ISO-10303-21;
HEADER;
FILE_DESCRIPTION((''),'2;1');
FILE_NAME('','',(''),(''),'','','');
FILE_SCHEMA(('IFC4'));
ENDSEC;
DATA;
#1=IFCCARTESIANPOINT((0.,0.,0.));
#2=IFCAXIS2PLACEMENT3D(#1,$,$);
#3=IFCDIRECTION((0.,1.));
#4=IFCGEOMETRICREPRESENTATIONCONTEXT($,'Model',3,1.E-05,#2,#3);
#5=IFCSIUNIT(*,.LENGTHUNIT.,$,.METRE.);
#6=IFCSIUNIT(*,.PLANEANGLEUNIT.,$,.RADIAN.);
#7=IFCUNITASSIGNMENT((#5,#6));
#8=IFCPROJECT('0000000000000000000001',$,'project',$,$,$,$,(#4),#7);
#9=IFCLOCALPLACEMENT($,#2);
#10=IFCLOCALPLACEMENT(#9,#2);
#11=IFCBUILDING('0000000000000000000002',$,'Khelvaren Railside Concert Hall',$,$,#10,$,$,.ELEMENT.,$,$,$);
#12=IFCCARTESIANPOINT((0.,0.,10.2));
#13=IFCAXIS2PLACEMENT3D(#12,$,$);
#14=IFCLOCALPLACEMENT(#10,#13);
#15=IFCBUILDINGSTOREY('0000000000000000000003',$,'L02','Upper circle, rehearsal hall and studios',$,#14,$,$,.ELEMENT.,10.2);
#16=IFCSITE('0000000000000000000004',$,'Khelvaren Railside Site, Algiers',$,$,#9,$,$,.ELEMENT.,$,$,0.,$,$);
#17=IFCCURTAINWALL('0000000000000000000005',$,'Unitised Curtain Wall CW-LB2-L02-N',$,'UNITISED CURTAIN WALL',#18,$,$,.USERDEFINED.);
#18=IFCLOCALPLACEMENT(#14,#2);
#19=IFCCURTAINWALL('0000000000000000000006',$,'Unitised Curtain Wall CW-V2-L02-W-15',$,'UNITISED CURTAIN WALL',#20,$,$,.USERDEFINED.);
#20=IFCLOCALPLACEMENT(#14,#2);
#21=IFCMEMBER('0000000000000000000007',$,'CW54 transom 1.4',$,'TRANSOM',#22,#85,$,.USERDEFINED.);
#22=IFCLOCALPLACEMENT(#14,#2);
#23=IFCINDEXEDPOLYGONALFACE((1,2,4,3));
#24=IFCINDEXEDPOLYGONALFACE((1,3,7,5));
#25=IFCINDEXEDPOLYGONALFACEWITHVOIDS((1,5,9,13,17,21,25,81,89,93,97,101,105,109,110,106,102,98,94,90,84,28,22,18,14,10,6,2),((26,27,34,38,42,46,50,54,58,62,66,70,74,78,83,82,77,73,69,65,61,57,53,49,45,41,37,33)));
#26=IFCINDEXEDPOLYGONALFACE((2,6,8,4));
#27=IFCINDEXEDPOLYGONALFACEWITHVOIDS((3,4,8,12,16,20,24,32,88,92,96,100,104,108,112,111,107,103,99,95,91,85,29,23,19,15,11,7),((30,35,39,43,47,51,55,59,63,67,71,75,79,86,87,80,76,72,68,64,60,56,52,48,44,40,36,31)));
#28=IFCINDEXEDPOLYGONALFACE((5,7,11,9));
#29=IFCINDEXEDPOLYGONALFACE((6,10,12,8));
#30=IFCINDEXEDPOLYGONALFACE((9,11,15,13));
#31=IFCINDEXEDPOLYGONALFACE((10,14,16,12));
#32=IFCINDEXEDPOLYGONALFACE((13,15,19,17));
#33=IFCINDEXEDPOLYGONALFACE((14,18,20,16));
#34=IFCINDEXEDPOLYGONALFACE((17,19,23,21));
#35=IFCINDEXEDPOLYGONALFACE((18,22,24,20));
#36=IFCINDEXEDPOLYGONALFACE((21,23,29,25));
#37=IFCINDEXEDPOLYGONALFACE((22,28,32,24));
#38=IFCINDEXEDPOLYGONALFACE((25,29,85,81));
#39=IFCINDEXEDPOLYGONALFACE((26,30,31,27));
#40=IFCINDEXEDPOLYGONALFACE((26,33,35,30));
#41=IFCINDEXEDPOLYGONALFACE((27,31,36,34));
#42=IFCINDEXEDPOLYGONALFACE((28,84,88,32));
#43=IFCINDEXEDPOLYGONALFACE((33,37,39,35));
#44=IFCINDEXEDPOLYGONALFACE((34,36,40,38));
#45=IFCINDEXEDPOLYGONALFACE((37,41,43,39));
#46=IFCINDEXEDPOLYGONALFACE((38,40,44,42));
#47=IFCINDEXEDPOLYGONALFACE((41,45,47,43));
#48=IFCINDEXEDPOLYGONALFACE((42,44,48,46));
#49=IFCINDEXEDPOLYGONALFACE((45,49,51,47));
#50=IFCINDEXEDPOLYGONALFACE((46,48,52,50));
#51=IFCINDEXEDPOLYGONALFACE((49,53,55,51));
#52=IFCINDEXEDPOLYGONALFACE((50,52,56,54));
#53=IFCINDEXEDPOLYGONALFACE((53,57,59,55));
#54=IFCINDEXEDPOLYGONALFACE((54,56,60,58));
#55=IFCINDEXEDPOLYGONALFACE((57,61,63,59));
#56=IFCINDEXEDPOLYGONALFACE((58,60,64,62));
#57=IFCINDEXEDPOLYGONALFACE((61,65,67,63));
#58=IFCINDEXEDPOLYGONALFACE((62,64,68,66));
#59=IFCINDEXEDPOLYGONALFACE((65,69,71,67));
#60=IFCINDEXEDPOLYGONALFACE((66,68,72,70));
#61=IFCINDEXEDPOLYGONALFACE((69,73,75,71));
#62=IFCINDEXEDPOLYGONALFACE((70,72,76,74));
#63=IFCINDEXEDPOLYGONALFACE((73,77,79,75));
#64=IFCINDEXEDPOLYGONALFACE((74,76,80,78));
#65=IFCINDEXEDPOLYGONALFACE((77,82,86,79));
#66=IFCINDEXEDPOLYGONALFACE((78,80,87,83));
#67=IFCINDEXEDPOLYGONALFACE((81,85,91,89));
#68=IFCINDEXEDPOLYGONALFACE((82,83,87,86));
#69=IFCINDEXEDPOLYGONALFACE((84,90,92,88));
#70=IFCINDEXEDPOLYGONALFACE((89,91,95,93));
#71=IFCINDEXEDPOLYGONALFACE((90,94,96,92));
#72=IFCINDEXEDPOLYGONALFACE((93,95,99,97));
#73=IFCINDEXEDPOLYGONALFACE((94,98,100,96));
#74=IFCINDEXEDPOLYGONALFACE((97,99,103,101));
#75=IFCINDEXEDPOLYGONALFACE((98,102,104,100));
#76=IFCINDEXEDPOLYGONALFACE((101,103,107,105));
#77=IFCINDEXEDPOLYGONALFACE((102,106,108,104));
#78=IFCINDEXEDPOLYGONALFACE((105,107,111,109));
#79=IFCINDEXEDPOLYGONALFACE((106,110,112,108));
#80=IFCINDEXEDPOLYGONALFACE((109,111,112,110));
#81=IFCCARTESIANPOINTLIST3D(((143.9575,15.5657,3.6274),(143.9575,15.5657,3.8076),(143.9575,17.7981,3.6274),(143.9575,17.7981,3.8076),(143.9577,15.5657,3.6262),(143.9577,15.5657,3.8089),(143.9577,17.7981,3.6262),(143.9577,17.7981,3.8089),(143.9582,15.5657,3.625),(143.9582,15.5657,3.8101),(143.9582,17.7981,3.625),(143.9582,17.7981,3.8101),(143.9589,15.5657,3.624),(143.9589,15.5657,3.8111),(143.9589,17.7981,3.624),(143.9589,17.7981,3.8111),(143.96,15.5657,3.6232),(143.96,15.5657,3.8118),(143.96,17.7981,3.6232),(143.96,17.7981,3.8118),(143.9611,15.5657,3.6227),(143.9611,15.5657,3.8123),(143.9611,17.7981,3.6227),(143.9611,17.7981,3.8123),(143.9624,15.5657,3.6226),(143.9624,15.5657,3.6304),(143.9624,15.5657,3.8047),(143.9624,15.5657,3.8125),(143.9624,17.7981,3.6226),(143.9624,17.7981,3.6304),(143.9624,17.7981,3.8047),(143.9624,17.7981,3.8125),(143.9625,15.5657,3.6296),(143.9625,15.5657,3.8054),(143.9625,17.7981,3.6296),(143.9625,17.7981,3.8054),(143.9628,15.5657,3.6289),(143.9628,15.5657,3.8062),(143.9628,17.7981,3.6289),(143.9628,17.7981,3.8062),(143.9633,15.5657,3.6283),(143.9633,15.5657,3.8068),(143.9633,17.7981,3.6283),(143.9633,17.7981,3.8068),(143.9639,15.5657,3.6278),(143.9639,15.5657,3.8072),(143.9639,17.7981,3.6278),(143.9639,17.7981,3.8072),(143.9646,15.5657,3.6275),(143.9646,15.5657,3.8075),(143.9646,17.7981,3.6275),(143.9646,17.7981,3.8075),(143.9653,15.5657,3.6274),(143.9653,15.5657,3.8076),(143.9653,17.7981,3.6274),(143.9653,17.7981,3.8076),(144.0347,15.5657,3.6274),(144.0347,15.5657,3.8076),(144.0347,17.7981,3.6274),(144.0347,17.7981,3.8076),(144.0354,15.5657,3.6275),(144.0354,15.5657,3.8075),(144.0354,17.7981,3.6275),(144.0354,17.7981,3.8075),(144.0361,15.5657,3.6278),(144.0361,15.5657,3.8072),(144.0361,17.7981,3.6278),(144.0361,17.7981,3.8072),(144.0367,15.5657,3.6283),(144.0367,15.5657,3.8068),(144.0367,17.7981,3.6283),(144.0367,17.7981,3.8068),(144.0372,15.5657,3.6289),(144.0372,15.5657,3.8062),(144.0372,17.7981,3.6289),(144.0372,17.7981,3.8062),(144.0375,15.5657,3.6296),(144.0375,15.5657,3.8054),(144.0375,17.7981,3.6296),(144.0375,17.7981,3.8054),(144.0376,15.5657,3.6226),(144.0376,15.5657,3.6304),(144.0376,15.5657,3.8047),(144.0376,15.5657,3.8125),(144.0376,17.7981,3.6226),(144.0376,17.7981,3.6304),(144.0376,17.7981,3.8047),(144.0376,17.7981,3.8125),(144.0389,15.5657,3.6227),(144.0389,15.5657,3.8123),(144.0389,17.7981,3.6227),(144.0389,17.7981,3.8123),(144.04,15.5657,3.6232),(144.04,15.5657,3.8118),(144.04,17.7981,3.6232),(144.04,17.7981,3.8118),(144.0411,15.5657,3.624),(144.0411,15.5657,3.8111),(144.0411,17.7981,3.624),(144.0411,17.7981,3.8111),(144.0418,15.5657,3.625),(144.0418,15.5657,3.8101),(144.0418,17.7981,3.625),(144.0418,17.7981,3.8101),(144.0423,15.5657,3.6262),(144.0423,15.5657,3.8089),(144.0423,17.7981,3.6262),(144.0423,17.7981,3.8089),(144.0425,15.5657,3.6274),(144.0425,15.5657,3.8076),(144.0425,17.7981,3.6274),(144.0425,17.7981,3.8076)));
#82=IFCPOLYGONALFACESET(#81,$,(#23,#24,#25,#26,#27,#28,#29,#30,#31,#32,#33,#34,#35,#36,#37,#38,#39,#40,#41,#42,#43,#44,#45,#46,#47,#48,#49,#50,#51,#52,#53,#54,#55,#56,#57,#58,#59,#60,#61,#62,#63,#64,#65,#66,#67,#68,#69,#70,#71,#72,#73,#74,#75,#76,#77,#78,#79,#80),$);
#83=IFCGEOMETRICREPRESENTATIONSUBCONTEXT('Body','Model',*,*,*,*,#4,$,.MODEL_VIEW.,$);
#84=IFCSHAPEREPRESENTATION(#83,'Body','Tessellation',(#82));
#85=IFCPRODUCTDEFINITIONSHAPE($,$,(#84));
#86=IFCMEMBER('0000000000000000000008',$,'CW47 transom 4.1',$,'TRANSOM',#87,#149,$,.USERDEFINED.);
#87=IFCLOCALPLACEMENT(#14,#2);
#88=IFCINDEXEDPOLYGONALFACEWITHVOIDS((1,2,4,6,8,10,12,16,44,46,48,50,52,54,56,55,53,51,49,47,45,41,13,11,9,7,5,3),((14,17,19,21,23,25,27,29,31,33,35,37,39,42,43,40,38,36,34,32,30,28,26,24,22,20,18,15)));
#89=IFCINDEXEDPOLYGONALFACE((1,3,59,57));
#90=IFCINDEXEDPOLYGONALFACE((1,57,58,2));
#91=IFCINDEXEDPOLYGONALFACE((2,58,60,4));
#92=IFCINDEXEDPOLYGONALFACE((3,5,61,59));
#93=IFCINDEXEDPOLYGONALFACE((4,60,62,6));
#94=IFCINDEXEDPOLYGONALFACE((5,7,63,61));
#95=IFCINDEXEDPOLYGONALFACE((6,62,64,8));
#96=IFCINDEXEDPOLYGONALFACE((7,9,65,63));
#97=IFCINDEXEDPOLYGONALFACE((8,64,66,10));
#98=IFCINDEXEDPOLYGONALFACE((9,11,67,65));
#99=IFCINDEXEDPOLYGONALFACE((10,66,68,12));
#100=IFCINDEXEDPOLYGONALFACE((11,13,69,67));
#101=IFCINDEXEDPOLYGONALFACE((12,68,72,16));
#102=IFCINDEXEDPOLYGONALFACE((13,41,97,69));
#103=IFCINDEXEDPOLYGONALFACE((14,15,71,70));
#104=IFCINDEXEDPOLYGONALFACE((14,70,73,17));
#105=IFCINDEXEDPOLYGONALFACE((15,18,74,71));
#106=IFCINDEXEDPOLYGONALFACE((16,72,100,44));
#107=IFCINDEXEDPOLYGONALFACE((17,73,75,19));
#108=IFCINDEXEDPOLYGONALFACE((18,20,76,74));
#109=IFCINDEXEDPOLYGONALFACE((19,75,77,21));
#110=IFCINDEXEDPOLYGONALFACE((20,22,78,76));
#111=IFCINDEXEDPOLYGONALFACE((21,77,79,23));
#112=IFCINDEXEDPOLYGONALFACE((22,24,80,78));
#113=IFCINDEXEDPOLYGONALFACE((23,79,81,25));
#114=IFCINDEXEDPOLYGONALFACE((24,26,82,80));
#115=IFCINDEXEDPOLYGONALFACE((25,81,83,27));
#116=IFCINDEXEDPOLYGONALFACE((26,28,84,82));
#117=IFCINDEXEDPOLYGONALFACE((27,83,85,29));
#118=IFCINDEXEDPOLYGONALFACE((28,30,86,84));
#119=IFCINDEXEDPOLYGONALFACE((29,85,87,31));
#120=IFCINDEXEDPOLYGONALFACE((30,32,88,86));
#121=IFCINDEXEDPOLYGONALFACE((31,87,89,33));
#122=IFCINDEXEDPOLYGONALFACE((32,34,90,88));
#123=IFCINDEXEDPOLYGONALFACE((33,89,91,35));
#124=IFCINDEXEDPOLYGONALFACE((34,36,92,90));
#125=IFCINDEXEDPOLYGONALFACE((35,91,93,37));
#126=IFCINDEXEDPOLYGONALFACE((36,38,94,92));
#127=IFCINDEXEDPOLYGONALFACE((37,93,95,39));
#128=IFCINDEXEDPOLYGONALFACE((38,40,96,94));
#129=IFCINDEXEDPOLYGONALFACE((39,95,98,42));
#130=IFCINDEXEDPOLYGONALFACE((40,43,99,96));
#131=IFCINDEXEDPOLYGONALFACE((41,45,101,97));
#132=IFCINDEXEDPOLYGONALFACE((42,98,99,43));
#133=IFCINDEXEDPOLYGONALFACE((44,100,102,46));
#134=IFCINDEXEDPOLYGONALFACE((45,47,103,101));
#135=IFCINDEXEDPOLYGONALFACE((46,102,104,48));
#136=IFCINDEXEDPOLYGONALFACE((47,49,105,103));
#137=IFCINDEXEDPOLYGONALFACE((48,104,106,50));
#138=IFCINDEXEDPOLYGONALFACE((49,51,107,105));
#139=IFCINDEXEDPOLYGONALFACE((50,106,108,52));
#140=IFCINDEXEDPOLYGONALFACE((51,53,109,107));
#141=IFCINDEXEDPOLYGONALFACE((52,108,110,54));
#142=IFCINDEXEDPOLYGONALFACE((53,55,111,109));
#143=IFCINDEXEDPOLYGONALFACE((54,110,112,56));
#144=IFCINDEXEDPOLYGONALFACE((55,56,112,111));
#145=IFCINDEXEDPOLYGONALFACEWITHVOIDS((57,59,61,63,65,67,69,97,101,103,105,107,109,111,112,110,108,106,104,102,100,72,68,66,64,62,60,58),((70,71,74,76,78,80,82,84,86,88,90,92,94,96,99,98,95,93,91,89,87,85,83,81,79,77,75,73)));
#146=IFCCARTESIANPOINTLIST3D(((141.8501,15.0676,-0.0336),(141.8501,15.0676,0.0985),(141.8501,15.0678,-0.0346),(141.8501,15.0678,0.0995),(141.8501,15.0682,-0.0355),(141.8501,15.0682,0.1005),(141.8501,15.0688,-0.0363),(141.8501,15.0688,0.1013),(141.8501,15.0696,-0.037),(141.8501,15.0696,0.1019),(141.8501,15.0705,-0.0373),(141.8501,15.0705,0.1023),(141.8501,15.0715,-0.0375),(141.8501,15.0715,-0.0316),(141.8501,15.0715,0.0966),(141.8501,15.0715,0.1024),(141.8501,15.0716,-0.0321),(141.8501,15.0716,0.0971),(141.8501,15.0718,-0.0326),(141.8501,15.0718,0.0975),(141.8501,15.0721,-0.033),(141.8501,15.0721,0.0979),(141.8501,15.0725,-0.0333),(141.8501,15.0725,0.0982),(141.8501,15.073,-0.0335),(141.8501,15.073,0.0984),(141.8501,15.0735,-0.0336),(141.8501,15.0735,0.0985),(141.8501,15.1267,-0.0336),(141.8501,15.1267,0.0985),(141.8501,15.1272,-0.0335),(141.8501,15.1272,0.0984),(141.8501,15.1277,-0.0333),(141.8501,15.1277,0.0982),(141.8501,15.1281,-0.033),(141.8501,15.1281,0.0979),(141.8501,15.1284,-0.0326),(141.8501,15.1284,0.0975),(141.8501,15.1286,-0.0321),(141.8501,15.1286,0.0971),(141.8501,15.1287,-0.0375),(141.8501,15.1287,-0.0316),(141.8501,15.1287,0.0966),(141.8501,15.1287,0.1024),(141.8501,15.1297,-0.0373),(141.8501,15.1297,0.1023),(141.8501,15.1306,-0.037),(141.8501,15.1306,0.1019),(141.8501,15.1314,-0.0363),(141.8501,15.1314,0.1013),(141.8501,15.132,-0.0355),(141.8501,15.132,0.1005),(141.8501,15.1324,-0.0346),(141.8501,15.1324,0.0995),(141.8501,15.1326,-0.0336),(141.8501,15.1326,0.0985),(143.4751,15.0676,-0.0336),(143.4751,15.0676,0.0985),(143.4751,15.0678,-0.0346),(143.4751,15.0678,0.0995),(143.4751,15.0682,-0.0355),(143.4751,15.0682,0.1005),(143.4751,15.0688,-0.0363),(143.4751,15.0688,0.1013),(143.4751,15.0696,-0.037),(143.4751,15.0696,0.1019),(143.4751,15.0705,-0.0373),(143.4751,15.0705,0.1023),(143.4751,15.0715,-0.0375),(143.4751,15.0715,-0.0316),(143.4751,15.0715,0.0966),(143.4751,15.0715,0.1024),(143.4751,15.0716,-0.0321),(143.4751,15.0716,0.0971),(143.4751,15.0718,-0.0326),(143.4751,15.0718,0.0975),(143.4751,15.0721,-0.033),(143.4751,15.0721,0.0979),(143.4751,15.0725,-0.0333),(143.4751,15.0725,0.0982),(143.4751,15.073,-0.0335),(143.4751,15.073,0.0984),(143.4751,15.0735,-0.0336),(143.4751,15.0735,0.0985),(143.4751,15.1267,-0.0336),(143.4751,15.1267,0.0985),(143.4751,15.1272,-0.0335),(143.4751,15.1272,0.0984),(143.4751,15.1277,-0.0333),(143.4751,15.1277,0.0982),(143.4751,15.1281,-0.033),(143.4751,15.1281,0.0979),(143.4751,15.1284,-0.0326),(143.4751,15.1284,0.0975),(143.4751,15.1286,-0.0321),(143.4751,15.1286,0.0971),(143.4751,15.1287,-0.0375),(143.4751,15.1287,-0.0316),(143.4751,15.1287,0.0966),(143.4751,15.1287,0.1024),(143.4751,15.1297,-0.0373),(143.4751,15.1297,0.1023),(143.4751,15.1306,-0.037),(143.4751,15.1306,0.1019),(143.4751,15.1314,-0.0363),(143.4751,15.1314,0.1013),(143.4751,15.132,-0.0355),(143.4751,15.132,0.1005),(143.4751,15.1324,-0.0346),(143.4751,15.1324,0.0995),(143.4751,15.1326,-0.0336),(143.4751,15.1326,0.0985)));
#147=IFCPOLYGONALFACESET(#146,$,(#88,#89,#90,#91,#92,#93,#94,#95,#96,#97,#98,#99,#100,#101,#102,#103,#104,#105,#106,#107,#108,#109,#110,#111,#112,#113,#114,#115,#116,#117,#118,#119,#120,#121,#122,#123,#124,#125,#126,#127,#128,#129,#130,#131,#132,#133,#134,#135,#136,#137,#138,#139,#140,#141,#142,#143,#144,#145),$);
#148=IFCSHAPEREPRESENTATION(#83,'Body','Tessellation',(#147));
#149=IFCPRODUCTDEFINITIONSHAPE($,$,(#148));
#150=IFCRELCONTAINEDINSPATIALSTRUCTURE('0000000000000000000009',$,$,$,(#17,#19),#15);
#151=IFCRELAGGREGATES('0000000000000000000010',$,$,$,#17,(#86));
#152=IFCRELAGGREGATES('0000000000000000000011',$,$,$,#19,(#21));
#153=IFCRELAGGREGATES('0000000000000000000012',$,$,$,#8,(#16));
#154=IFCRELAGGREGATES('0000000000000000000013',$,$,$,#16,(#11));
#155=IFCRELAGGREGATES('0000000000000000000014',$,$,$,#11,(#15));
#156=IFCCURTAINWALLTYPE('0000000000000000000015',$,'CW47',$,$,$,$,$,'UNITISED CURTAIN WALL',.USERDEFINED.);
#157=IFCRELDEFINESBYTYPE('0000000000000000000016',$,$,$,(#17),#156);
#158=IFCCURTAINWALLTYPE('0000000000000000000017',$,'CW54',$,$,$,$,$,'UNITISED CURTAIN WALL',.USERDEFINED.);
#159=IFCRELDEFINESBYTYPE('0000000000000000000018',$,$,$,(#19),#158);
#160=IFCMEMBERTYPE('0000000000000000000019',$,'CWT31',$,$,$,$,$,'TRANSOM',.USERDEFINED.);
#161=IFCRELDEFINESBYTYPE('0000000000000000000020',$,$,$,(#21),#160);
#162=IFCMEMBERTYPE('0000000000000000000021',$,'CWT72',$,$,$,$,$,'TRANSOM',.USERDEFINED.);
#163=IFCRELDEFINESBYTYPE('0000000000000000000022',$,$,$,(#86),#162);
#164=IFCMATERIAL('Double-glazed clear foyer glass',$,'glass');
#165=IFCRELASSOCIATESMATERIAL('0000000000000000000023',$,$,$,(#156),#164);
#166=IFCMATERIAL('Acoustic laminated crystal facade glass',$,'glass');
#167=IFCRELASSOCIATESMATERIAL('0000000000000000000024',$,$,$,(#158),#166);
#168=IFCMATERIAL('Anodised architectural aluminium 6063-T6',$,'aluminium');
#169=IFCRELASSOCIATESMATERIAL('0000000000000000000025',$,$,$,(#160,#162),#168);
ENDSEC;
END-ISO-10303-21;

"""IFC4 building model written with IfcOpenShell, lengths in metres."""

from ifc_helpers import new_model, si_unit, direction, frame, origin, origin_2d, place, context, subcontext, project, spatial, hollow_rectangle, extrude, material, material_profile, profile_set, type_object, element, aggregate, save


model = new_model("IFC4")

# Units and contexts
model_context = context("Model", 3, precision=1e-05, world=origin(), true_north=direction((0.0, 1.0)))
body_context = subcontext(model_context, "Body", "Model", "MODEL_VIEW")
ifc_project = project(units=[si_unit("LENGTHUNIT", "METRE"), si_unit("PLANEANGLEUNIT", "RADIAN")], contexts=[model_context])

# Site, building, storey
site_placement = place(None, origin())
site = spatial("IfcSite", under=ifc_project, at=site_placement, Name="Khelvaren Railside Site, Algiers", CompositionType="ELEMENT", RefElevation=0.0)
building_placement = place(site_placement, origin())
building = spatial("IfcBuilding", under=site, at=building_placement, Name="Khelvaren Railside Concert Hall", CompositionType="ELEMENT")
storey_placement = place(building_placement, frame((0.0, 0.0, 10.2)))
storey = spatial("IfcBuildingStorey", under=building, at=storey_placement, Name="L02", Description="Upper circle, rehearsal hall and studios", CompositionType="ELEMENT", Elevation=10.2)

# Curtain wall
ifc_material_1 = material(Name="Double-glazed clear foyer glass", Category="glass")
ifc_material_2 = material(Name="Anodised architectural aluminium 6063-T6", Category="aluminium")
curtain_wall_type_1 = type_object("IfcCurtainWallType", Name="CW47", ElementType="UNITISED CURTAIN WALL", PredefinedType="USERDEFINED", material=ifc_material_1)
curtain_wall_1_placement = place(storey_placement, origin())
curtain_wall_1 = element("IfcCurtainWall", 1, at=curtain_wall_1_placement, inside=storey, type_object=curtain_wall_type_1, Name="Unitised Curtain Wall CW-LB2-L02-N", ObjectType="UNITISED CURTAIN WALL", PredefinedType="USERDEFINED")

# Curtain wall, member
ifc_material_3 = material(Name="Acoustic laminated crystal facade glass", Category="glass")
curtain_wall_type_2 = type_object("IfcCurtainWallType", Name="CW54", ElementType="UNITISED CURTAIN WALL", PredefinedType="USERDEFINED", material=ifc_material_3)
curtain_wall_2_placement = place(storey_placement, origin())
curtain_wall_2 = element("IfcCurtainWall", 2, at=curtain_wall_2_placement, inside=storey, type_object=curtain_wall_type_2, Name="Unitised Curtain Wall CW-V2-L02-W-15", ObjectType="UNITISED CURTAIN WALL", PredefinedType="USERDEFINED")
ifc_material_profile_1 = material_profile(ifc_material_2, hollow_rectangle(XDim=0.085, YDim=0.1899, WallThickness=0.0049, InnerFilletRadius=0.0029, OuterFilletRadius=0.0049, at=origin_2d()), Name="CWT 85x190x5")
ifc_profile_set_1 = profile_set([ifc_material_profile_1], Name="Anodised architectural aluminium 6063-T6")
member_type_1 = type_object("IfcMemberType", Name="CWT31", ElementType="TRANSOM", PredefinedType="USERDEFINED", material=ifc_profile_set_1)
member_1_placement = place(storey_placement, frame((144.0, 15.5657, 3.7175), z_axis=(0.0, 1.0, 0.0), x_axis=(-1.0, 0.0, 0.0)))
member_1 = element("IfcMember", 3, at=member_1_placement, type_object=member_type_1, Name="CW54 transom 1.4", ObjectType="TRANSOM", PredefinedType="USERDEFINED", context=body_context, shape_type="SweptSolid", body=[
    extrude(hollow_rectangle(XDim=0.085, YDim=0.1899, WallThickness=0.0049, InnerFilletRadius=0.0029, OuterFilletRadius=0.0049, at=origin_2d()), origin(), (0.0, 0.0, 1.0), 2.2324),
])

# Member
ifc_material_profile_2 = material_profile(ifc_material_2, hollow_rectangle(XDim=0.0649, YDim=0.1399, WallThickness=0.0039, InnerFilletRadius=0.002, OuterFilletRadius=0.0039, at=origin_2d()), Name="CWT 65x140x4")
ifc_profile_set_2 = profile_set([ifc_material_profile_2], Name="Anodised architectural aluminium 6063-T6")
member_type_2 = type_object("IfcMemberType", Name="CWT72", ElementType="TRANSOM", PredefinedType="USERDEFINED", material=ifc_profile_set_2)
member_2_placement = place(storey_placement, frame((141.8501, 15.1001, 0.0325), z_axis=(1.0, 0.0, 0.0), x_axis=(0.0, 1.0, 0.0)))
member_2 = element("IfcMember", 4, at=member_2_placement, type_object=member_type_2, Name="CW47 transom 4.1", ObjectType="TRANSOM", PredefinedType="USERDEFINED", context=body_context, shape_type="SweptSolid", body=[
    extrude(hollow_rectangle(XDim=0.0649, YDim=0.1399, WallThickness=0.0039, InnerFilletRadius=0.002, OuterFilletRadius=0.0039, at=origin_2d()), origin(), (0.0, 0.0, 1.0), 1.625),
])

aggregate(curtain_wall_1, [member_2])
aggregate(curtain_wall_2, [member_1])

save(model, "model.ifc")
